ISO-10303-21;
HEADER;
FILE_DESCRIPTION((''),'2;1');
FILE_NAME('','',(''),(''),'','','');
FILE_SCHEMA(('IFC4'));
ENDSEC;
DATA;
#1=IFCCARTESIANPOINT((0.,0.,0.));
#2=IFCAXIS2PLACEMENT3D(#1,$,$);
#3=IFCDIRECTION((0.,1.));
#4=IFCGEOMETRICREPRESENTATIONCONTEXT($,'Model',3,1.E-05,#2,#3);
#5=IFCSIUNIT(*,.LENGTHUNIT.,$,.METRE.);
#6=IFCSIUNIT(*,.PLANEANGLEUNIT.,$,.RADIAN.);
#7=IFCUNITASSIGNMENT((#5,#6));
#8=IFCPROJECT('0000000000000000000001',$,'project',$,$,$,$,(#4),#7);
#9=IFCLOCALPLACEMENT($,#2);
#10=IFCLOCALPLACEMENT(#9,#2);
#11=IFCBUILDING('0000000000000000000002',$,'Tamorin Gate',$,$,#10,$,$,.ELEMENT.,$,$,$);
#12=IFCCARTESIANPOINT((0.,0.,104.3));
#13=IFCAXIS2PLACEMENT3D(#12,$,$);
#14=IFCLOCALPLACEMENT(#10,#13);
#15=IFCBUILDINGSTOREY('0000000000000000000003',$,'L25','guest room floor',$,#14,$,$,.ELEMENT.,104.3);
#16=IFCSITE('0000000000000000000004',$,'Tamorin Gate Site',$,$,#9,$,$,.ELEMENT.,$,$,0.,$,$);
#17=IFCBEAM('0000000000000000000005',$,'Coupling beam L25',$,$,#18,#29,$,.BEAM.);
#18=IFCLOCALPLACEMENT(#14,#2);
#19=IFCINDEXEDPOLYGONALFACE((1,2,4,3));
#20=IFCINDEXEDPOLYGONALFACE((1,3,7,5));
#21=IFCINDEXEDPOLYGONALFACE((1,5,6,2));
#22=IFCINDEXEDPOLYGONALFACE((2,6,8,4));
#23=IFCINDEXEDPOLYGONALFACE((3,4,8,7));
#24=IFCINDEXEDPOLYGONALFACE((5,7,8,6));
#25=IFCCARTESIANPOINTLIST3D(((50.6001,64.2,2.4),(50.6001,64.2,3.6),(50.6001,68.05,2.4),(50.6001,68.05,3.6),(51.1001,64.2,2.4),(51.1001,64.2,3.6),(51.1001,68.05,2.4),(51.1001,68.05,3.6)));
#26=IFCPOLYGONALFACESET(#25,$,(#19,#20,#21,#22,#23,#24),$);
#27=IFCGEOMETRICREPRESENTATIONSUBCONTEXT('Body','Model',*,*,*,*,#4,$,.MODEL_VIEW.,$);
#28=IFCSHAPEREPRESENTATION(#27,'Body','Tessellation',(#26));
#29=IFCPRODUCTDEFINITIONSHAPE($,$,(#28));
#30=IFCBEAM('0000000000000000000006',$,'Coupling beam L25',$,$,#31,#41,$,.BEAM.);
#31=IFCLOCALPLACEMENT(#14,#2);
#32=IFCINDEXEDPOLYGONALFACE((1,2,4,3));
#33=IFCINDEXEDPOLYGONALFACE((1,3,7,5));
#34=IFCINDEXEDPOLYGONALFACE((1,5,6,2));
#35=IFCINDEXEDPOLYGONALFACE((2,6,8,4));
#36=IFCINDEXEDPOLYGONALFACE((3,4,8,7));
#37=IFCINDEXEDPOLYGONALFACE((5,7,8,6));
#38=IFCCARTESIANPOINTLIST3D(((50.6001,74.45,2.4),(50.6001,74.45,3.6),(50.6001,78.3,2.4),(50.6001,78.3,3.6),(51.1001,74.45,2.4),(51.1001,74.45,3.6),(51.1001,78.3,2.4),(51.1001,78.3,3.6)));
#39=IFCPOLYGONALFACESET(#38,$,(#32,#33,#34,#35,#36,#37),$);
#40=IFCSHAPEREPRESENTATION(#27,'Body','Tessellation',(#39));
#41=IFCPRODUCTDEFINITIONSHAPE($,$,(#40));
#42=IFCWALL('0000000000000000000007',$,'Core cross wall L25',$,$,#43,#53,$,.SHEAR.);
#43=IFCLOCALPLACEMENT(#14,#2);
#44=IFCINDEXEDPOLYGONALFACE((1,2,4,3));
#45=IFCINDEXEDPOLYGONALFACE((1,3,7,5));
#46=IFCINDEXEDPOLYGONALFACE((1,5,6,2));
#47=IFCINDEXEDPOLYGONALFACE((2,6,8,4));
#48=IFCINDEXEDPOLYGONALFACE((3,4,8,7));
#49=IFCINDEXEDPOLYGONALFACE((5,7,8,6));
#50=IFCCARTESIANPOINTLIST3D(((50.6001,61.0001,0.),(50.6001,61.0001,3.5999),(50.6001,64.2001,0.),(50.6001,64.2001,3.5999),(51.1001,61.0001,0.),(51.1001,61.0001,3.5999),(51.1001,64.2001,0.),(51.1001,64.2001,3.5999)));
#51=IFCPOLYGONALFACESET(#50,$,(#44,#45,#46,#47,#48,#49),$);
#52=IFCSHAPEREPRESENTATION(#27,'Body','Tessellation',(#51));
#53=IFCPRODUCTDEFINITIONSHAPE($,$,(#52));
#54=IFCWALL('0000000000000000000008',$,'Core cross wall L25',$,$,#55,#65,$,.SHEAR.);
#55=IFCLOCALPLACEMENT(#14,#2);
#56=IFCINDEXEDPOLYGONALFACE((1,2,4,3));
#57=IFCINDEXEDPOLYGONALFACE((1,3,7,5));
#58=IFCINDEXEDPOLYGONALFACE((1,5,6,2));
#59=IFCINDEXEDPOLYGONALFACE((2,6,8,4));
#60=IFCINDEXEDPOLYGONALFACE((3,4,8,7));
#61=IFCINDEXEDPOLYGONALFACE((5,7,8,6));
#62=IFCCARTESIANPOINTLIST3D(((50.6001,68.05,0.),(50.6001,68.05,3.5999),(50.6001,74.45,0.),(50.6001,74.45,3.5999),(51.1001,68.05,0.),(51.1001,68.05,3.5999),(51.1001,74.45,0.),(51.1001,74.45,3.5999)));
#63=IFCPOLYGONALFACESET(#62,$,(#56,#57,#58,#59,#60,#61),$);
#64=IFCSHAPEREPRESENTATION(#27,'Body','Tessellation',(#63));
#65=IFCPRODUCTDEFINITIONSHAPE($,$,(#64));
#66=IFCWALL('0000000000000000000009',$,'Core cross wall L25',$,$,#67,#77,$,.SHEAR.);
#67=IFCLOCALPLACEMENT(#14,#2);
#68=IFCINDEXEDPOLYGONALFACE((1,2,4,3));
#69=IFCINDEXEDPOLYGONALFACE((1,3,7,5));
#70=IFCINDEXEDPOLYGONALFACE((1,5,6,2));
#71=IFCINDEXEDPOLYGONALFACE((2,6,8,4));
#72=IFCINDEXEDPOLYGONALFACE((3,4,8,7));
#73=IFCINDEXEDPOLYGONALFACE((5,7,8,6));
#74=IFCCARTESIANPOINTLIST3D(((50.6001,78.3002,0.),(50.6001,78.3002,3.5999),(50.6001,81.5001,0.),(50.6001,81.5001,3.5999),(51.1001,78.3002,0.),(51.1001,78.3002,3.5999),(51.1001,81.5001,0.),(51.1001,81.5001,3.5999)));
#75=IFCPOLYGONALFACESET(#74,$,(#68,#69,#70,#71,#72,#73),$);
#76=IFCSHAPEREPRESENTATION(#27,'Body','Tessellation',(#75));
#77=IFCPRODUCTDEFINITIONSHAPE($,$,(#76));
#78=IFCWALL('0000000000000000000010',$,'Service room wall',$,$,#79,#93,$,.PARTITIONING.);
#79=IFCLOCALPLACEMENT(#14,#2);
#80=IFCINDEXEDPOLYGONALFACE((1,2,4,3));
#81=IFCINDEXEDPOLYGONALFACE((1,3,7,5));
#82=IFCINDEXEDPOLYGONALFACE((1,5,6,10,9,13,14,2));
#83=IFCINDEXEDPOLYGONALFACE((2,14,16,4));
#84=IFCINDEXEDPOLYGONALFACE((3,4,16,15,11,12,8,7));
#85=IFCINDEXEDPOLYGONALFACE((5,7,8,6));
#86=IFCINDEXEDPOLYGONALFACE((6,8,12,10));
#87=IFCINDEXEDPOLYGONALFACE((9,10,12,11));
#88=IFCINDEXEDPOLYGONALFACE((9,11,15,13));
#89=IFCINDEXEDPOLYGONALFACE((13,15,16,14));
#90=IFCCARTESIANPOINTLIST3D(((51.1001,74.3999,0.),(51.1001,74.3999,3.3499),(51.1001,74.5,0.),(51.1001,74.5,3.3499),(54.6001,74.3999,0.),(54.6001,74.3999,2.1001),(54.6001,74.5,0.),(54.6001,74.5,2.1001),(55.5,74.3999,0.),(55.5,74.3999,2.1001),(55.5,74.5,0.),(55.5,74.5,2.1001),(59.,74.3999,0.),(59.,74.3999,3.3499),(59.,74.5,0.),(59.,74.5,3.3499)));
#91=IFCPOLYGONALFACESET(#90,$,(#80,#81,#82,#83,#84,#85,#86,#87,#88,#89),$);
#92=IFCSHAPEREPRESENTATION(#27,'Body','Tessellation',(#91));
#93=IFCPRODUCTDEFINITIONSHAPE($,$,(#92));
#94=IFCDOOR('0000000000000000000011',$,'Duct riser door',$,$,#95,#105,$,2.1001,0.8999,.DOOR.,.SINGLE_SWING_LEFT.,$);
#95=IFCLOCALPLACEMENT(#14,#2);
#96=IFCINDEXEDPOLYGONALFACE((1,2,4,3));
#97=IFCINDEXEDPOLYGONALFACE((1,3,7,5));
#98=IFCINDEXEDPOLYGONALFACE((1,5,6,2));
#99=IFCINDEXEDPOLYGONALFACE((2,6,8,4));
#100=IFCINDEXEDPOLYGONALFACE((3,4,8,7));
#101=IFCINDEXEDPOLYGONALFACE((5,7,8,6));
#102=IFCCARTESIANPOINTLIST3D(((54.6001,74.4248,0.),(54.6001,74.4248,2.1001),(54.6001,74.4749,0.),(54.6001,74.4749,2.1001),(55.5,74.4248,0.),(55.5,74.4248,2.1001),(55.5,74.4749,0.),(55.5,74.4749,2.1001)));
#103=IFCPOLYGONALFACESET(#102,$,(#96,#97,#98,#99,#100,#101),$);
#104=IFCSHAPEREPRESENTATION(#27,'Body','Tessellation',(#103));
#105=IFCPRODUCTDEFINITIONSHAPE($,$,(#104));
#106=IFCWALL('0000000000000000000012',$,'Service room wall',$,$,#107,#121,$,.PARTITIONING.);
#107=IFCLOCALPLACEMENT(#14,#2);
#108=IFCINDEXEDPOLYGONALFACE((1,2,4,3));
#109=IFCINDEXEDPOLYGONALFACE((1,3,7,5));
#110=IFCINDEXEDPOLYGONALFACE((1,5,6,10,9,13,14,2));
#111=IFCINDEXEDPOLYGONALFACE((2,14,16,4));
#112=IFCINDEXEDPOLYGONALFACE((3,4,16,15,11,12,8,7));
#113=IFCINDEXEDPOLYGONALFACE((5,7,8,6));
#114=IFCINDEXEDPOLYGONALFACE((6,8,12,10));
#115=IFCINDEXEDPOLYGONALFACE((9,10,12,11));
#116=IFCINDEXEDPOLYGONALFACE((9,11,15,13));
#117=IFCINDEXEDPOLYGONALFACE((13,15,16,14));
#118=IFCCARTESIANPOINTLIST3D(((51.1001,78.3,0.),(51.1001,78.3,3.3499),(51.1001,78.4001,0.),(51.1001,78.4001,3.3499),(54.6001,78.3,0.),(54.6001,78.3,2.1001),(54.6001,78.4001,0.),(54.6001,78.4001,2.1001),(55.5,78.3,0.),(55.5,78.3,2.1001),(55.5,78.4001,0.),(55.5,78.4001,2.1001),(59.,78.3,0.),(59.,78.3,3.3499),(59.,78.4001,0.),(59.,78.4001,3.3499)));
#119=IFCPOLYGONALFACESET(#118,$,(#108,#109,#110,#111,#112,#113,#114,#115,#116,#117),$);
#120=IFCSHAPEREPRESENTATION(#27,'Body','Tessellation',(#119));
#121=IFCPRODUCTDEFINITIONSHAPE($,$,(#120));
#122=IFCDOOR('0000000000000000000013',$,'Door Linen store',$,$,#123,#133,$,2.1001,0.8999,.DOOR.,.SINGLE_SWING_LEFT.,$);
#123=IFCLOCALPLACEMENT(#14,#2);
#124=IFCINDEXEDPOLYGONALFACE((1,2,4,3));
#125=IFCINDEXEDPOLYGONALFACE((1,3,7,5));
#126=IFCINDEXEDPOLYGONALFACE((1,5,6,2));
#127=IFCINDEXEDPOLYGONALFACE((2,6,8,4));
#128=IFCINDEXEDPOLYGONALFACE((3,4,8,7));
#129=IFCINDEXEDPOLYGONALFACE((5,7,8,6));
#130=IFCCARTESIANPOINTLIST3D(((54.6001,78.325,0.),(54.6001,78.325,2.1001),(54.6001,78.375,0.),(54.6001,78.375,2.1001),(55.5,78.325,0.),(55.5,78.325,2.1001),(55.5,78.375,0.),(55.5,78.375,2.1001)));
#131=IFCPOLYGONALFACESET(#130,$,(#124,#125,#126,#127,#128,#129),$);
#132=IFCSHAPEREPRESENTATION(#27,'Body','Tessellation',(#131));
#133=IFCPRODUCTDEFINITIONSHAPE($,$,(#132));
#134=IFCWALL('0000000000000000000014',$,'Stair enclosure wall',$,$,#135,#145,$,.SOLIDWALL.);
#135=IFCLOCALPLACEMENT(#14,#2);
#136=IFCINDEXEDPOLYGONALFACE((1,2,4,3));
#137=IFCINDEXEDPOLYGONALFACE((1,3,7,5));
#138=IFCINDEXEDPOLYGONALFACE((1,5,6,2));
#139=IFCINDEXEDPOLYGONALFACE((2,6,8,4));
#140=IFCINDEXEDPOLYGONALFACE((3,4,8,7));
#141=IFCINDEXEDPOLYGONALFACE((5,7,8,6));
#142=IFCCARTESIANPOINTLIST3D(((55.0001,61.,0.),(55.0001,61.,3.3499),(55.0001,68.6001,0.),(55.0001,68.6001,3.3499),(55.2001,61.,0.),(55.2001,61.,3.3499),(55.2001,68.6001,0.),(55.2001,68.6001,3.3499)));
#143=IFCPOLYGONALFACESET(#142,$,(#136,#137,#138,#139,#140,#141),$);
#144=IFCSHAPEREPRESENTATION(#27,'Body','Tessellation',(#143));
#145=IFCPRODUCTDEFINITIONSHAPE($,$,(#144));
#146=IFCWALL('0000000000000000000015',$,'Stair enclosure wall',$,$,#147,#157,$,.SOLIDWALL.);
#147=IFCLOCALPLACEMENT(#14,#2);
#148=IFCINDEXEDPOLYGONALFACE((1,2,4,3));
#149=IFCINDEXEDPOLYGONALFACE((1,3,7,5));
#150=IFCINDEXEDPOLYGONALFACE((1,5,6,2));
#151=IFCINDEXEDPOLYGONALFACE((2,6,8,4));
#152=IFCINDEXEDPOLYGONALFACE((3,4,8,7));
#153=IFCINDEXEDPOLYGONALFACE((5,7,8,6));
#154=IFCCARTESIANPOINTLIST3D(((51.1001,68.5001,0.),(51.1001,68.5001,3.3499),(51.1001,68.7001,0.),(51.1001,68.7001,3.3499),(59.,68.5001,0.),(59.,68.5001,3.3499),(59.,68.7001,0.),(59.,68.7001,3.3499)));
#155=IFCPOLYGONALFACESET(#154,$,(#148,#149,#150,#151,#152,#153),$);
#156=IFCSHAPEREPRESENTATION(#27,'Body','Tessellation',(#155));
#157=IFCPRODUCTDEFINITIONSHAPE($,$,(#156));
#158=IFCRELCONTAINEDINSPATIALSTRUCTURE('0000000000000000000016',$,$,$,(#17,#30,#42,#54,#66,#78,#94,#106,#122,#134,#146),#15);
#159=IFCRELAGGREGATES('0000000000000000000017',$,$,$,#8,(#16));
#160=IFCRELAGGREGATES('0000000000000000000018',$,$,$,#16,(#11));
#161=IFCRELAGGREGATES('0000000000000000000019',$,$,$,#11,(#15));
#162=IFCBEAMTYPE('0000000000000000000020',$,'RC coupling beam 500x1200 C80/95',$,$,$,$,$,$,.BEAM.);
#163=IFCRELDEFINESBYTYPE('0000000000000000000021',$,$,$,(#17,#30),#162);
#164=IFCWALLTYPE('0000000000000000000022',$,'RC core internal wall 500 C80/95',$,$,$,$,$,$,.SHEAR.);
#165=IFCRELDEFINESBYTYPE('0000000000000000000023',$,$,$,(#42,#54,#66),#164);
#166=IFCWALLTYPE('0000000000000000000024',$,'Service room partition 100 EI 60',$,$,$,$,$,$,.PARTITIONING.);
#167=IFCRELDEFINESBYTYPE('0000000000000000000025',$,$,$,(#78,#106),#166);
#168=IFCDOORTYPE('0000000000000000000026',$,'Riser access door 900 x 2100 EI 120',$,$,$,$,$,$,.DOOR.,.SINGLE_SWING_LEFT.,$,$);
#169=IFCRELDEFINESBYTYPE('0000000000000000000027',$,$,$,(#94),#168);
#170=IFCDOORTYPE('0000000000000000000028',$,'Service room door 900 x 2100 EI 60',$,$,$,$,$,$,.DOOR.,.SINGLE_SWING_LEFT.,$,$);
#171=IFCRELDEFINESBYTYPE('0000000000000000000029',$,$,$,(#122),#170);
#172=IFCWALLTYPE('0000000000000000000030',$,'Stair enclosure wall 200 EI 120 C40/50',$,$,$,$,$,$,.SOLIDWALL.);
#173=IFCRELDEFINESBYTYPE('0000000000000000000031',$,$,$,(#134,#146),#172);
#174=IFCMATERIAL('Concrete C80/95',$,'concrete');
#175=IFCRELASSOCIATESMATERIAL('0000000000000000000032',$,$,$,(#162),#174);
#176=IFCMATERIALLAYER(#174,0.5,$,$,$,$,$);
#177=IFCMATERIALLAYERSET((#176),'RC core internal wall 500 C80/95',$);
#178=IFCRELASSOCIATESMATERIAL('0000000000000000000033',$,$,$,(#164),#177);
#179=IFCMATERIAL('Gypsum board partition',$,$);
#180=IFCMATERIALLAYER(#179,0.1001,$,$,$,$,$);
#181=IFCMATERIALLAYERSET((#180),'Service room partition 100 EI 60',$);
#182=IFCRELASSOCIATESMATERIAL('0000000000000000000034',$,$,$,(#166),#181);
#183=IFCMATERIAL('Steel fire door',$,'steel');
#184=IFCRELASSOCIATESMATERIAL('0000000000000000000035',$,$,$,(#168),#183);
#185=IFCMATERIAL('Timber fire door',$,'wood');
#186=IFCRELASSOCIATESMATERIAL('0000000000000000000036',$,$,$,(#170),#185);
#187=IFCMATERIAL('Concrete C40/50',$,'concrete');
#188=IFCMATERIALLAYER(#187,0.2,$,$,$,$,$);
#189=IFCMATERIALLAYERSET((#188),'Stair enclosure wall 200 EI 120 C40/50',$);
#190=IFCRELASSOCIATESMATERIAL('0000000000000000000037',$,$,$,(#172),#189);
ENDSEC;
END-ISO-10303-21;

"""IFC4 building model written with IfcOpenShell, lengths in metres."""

from ifc_helpers import new_model, si_unit, direction, frame, frame_2d, origin, origin_2d, place, context, subcontext, project, spatial, rectangle, extrude, material, layer, layer_set, material_profile, profile_set, type_object, element, fill, save


model = new_model("IFC4")

# Units and contexts
model_context = context("Model", 3, precision=1e-05, world=origin(), true_north=direction((0.0, 1.0)))
body_context = subcontext(model_context, "Body", "Model", "MODEL_VIEW")
ifc_project = project(units=[si_unit("LENGTHUNIT", "METRE"), si_unit("PLANEANGLEUNIT", "RADIAN")], contexts=[model_context])

# Site, building, storey
site_placement = place(None, origin())
site = spatial("IfcSite", under=ifc_project, at=site_placement, Name="Tamorin Gate Site", CompositionType="ELEMENT", RefElevation=0.0)
building_placement = place(site_placement, origin())
building = spatial("IfcBuilding", under=site, at=building_placement, Name="Tamorin Gate", CompositionType="ELEMENT")
storey_placement = place(building_placement, frame((0.0, 0.0, 104.3)))
storey = spatial("IfcBuildingStorey", under=building, at=storey_placement, Name="L25", Description="guest room floor", CompositionType="ELEMENT", Elevation=104.3)

# Beams
ifc_material_1 = material(Name="Concrete C80/95", Category="concrete")
ifc_material_profile = material_profile(ifc_material_1, rectangle(XDim=0.5, YDim=1.2, at=origin_2d()), Name="RC 500x1200")
ifc_profile_set = profile_set([ifc_material_profile], Name="Concrete C80/95")
beam_type = type_object("IfcBeamType", Name="RC coupling beam 500x1200 C80/95", PredefinedType="BEAM", material=ifc_profile_set)
for number, where, z_axis, x_axis, name in (
    (1, (50.8501, 64.2, 3.0), (0.0, 1.0, 0.0), (-1.0, 0.0, 0.0), "Coupling beam L25"),
    (2, (50.8501, 74.45, 3.0), (0.0, 1.0, 0.0), (-1.0, 0.0, 0.0), "Coupling beam L25"),
):
    element("IfcBeam", number, at=place(storey_placement, frame(where, z_axis=z_axis, x_axis=x_axis)), inside=storey, type_object=beam_type, Name=name, PredefinedType="BEAM", context=body_context, shape_type="SweptSolid", body=[
        extrude(rectangle(XDim=0.5, YDim=1.2, at=origin_2d()), origin(), (0.0, 0.0, 1.0), 3.8501),
    ])

# Walls
ifc_layer_1 = layer(ifc_material_1, 0.5)
ifc_layer_set_1 = layer_set([ifc_layer_1], Name="RC core internal wall 500 C80/95")
wall_type_1 = type_object("IfcWallType", Name="RC core internal wall 500 C80/95", PredefinedType="SHEAR", material=ifc_layer_set_1)
wall_1_placement = place(storey_placement, frame((50.8501, 61.0, 0.0), z_axis=(0.0, 0.0, 1.0), x_axis=(0.0, 1.0, 0.0)))
element("IfcWall", 3, at=wall_1_placement, inside=storey, type_object=wall_type_1, Name="Core cross wall L25", PredefinedType="SHEAR", context=body_context, shape_type="SweptSolid", body=[
    extrude(rectangle(XDim=3.2, YDim=0.5, at=frame_2d((1.6001, 0.0))), origin(), (0.0, 0.0, 1.0), 3.5999),
])
wall_2_placement = place(storey_placement, frame((50.8501, 68.05, 0.0), z_axis=(0.0, 0.0, 1.0), x_axis=(0.0, 1.0, 0.0)))
element("IfcWall", 4, at=wall_2_placement, inside=storey, type_object=wall_type_1, Name="Core cross wall L25", PredefinedType="SHEAR", context=body_context, shape_type="SweptSolid", body=[
    extrude(rectangle(XDim=6.3999, YDim=0.5, at=frame_2d((3.2, 0.0))), origin(), (0.0, 0.0, 1.0), 3.5999),
])
wall_3_placement = place(storey_placement, frame((50.8501, 78.3, 0.0), z_axis=(0.0, 0.0, 1.0), x_axis=(0.0, 1.0, 0.0)))
element("IfcWall", 5, at=wall_3_placement, inside=storey, type_object=wall_type_1, Name="Core cross wall L25", PredefinedType="SHEAR", context=body_context, shape_type="SweptSolid", body=[
    extrude(rectangle(XDim=3.2, YDim=0.5, at=frame_2d((1.6001, 0.0))), origin(), (0.0, 0.0, 1.0), 3.5999),
])

# Walls, openings, doors
ifc_material_2 = material(Name="Gypsum board partition")
ifc_layer_2 = layer(ifc_material_2, 0.1001)
ifc_layer_set_2 = layer_set([ifc_layer_2], Name="Service room partition 100 EI 60")
wall_type_2 = type_object("IfcWallType", Name="Service room partition 100 EI 60", PredefinedType="PARTITIONING", material=ifc_layer_set_2)
wall_4_placement = place(storey_placement, frame((51.1001, 74.45, 0.0), z_axis=(0.0, 0.0, 1.0), x_axis=(1.0, 0.0, 0.0)))
wall_4 = element("IfcWall", 6, at=wall_4_placement, inside=storey, type_object=wall_type_2, Name="Service room wall", PredefinedType="PARTITIONING", context=body_context, shape_type="SweptSolid", body=[
    extrude(rectangle(XDim=7.8999, YDim=0.1001, at=frame_2d((3.95, 0.0))), origin(), (0.0, 0.0, 1.0), 3.3499),
])
opening_1_placement = place(wall_4_placement, frame((3.5, 0.0, 0.0)))
opening_1 = element("IfcOpeningElement", 7, at=opening_1_placement, cuts=wall_4, PredefinedType="OPENING", context=body_context, shape_type="SweptSolid", body=[
    extrude(rectangle(XDim=0.8999, YDim=2.1001, at=frame_2d((0.45, 1.05))), frame((0.0, 0.0601, 0.0), z_axis=(0.0, -1.0, 0.0), x_axis=(1.0, 0.0, 0.0)), (0.0, 0.0, 1.0), 0.1201),
])
ifc_material_3 = material(Name="Steel fire door", Category="steel")
door_type_1 = type_object("IfcDoorType", Name="Riser access door 900 x 2100 EI 120", OperationType="SINGLE_SWING_LEFT", PredefinedType="DOOR", material=ifc_material_3)
door_1_placement = place(opening_1_placement, origin())
door_1 = element("IfcDoor", 8, at=door_1_placement, inside=storey, type_object=door_type_1, Name="Duct riser door", OperationType="SINGLE_SWING_LEFT", OverallHeight=2.1001, OverallWidth=0.8999, PredefinedType="DOOR", context=body_context, shape_type="SweptSolid", body=[
    extrude(rectangle(XDim=0.8999, YDim=2.1001, at=frame_2d((0.45, 1.05))), frame((0.0, 0.0249, 0.0), z_axis=(0.0, -1.0, 0.0), x_axis=(1.0, 0.0, 0.0)), (0.0, 0.0, 1.0), 0.05),
])
fill(opening_1, door_1)
wall_5_placement = place(storey_placement, frame((51.1001, 78.3501, 0.0), z_axis=(0.0, 0.0, 1.0), x_axis=(1.0, 0.0, 0.0)))
wall_5 = element("IfcWall", 9, at=wall_5_placement, inside=storey, type_object=wall_type_2, Name="Service room wall", PredefinedType="PARTITIONING", context=body_context, shape_type="SweptSolid", body=[
    extrude(rectangle(XDim=7.8999, YDim=0.1001, at=frame_2d((3.95, 0.0))), origin(), (0.0, 0.0, 1.0), 3.3499),
])
opening_2_placement = place(wall_5_placement, frame((3.5, 0.0, 0.0)))
opening_2 = element("IfcOpeningElement", 10, at=opening_2_placement, cuts=wall_5, PredefinedType="OPENING", context=body_context, shape_type="SweptSolid", body=[
    extrude(rectangle(XDim=0.8999, YDim=2.1001, at=frame_2d((0.45, 1.05))), frame((0.0, 0.0601, 0.0), z_axis=(0.0, -1.0, 0.0), x_axis=(1.0, 0.0, 0.0)), (0.0, 0.0, 1.0), 0.1201),
])
ifc_material_4 = material(Name="Timber fire door", Category="wood")
door_type_2 = type_object("IfcDoorType", Name="Service room door 900 x 2100 EI 60", OperationType="SINGLE_SWING_LEFT", PredefinedType="DOOR", material=ifc_material_4)
door_2_placement = place(opening_2_placement, origin())
door_2 = element("IfcDoor", 11, at=door_2_placement, inside=storey, type_object=door_type_2, Name="Door Linen store", OperationType="SINGLE_SWING_LEFT", OverallHeight=2.1001, OverallWidth=0.8999, PredefinedType="DOOR", context=body_context, shape_type="SweptSolid", body=[
    extrude(rectangle(XDim=0.8999, YDim=2.1001, at=frame_2d((0.45, 1.05))), frame((0.0, 0.0249, 0.0), z_axis=(0.0, -1.0, 0.0), x_axis=(1.0, 0.0, 0.0)), (0.0, 0.0, 1.0), 0.05),
])
fill(opening_2, door_2)

# Walls
ifc_material_5 = material(Name="Concrete C40/50", Category="concrete")
ifc_layer_3 = layer(ifc_material_5, 0.2)
ifc_layer_set_3 = layer_set([ifc_layer_3], Name="Stair enclosure wall 200 EI 120 C40/50")
wall_type_3 = type_object("IfcWallType", Name="Stair enclosure wall 200 EI 120 C40/50", PredefinedType="SOLIDWALL", material=ifc_layer_set_3)
wall_6_placement = place(storey_placement, frame((55.1001, 61.0, 0.0), z_axis=(0.0, 0.0, 1.0), x_axis=(0.0, 1.0, 0.0)))
element("IfcWall", 12, at=wall_6_placement, inside=storey, type_object=wall_type_3, Name="Stair enclosure wall", PredefinedType="SOLIDWALL", context=body_context, shape_type="SweptSolid", body=[
    extrude(rectangle(XDim=7.6001, YDim=0.2, at=frame_2d((3.8, 0.0))), origin(), (0.0, 0.0, 1.0), 3.3499),
])
wall_7_placement = place(storey_placement, frame((51.1001, 68.6001, 0.0), z_axis=(0.0, 0.0, 1.0), x_axis=(1.0, 0.0, 0.0)))
element("IfcWall", 13, at=wall_7_placement, inside=storey, type_object=wall_type_3, Name="Stair enclosure wall", PredefinedType="SOLIDWALL", context=body_context, shape_type="SweptSolid", body=[
    extrude(rectangle(XDim=7.8999, YDim=0.2, at=frame_2d((3.95, 0.0))), origin(), (0.0, 0.0, 1.0), 3.3499),
])

save(model, "model.ifc")
